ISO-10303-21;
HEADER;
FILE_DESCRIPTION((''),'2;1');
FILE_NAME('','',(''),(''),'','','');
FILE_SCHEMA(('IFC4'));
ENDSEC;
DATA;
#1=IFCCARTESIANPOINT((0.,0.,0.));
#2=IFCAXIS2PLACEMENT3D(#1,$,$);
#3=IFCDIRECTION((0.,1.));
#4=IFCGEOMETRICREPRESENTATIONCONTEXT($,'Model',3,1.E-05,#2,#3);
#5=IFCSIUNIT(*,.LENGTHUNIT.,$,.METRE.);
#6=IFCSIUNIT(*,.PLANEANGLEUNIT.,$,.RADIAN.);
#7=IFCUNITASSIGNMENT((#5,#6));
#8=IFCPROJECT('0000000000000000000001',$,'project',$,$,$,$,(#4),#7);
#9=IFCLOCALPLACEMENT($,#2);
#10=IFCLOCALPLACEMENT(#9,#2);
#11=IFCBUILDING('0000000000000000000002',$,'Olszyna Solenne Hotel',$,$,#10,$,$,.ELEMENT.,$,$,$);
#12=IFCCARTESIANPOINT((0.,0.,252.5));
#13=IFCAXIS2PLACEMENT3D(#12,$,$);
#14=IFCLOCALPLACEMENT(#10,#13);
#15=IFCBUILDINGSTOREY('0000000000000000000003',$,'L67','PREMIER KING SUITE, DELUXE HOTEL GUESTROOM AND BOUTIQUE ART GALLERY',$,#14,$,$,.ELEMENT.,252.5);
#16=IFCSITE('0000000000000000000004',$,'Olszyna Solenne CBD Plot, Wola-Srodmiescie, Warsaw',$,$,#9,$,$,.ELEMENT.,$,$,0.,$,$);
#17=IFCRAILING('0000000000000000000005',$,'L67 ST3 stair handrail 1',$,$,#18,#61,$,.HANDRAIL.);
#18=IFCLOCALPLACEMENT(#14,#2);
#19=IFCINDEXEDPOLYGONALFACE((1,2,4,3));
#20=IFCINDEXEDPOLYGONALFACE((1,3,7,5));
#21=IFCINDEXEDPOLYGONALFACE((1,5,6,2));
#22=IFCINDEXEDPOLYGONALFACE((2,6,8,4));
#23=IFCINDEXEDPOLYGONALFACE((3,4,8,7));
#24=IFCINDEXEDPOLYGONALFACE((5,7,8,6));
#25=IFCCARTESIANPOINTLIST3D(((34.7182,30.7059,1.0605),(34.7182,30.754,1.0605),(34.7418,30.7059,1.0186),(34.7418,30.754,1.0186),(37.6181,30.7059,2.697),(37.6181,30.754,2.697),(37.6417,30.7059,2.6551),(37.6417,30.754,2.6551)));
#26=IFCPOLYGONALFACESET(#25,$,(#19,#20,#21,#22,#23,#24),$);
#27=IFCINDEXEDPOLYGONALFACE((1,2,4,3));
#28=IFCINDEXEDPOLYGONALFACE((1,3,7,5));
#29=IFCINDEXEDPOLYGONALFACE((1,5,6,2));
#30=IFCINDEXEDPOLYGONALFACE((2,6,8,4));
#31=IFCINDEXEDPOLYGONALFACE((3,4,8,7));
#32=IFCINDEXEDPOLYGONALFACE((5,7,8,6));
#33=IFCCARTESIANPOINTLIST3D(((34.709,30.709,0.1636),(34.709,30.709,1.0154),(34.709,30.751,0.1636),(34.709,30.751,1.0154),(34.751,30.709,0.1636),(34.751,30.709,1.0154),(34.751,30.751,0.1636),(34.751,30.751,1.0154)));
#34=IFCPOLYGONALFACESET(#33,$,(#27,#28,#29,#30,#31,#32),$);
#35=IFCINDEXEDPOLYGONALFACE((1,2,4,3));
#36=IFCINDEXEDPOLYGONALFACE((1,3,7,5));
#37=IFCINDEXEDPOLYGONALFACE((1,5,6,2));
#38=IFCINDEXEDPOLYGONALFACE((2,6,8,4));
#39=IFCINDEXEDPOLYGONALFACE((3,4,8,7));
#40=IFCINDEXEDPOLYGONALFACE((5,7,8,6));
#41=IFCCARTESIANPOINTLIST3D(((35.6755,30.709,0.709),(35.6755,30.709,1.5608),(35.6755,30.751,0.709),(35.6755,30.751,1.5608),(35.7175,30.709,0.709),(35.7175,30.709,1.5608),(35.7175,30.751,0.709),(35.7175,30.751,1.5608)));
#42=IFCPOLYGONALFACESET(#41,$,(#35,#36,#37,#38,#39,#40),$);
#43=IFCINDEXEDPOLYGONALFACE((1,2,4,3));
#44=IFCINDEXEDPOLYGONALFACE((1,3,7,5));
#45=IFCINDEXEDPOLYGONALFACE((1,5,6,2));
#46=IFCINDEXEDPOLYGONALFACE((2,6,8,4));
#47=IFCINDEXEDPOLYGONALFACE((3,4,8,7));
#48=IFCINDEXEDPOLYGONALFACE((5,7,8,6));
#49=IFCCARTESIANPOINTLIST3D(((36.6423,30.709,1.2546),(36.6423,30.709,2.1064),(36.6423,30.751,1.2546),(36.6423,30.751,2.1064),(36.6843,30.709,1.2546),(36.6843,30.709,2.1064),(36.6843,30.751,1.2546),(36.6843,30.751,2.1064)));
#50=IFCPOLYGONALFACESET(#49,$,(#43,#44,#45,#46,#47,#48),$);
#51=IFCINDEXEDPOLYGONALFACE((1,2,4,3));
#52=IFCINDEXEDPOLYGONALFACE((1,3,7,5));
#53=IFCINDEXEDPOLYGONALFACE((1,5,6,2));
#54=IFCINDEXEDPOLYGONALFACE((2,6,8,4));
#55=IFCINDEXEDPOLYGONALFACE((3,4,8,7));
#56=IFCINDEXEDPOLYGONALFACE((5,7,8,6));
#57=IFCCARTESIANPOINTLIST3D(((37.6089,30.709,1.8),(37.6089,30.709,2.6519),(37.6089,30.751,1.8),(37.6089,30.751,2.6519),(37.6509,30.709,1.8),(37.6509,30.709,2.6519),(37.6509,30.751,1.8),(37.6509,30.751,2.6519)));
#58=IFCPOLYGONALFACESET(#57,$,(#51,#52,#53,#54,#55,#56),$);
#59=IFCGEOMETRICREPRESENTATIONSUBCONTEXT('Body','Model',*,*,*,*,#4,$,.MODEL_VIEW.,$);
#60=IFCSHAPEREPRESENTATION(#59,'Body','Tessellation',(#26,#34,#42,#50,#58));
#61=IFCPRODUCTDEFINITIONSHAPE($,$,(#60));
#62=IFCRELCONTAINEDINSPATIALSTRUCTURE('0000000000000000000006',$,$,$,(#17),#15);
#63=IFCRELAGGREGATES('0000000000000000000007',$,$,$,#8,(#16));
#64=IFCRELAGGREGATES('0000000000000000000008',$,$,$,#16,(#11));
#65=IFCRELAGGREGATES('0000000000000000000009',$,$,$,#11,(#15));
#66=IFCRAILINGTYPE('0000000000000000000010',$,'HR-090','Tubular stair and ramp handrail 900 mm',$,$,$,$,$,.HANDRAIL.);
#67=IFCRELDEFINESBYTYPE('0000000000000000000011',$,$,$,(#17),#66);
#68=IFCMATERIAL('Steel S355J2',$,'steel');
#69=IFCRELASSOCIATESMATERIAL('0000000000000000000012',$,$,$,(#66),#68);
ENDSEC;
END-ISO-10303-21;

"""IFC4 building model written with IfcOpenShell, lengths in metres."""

from ifc_helpers import new_model, si_unit, direction, frame, origin, origin_2d, place, context, subcontext, project, spatial, rectangle, extrude, material, type_object, element, save


model = new_model("IFC4")

# Units and contexts
model_context = context("Model", 3, precision=1e-05, world=origin(), true_north=direction((0.0, 1.0)))
body_context = subcontext(model_context, "Body", "Model", "MODEL_VIEW")
ifc_project = project(units=[si_unit("LENGTHUNIT", "METRE"), si_unit("PLANEANGLEUNIT", "RADIAN")], contexts=[model_context])

# Site, building, storey
site_placement = place(None, origin())
site = spatial("IfcSite", under=ifc_project, at=site_placement, Name="Olszyna Solenne CBD Plot, Wola-Srodmiescie, Warsaw", CompositionType="ELEMENT", RefElevation=0.0)
building_placement = place(site_placement, origin())
building = spatial("IfcBuilding", under=site, at=building_placement, Name="Olszyna Solenne Hotel", CompositionType="ELEMENT")
storey_placement = place(building_placement, frame((0.0, 0.0, 252.5)))
storey = spatial("IfcBuildingStorey", under=building, at=storey_placement, Name="L67", Description="PREMIER KING SUITE, DELUXE HOTEL GUESTROOM AND BOUTIQUE ART GALLERY", CompositionType="ELEMENT", Elevation=252.5)

# Shared definitions
ifc_material_1 = material(Name="Steel S355J2", Category="steel")

# Railing
railing_type_1 = type_object("IfcRailingType", Name="HR-090", Description="Tubular stair and ramp handrail 900 mm", PredefinedType="HANDRAIL", material=ifc_material_1)
railing_1_placement = place(storey_placement, frame((34.73, 30.73, 0.1636)))
element("IfcRailing", 1, at=railing_1_placement, inside=storey, type_object=railing_type_1, Name="L67 ST3 stair handrail 1", PredefinedType="HANDRAIL", context=body_context, shape_type="SweptSolid", body=[
    extrude(rectangle(XDim=0.0481, YDim=0.0481, at=origin_2d()), frame((0.0, 0.0, 0.876), z_axis=(0.870897, 0.0, 0.491465), x_axis=(0.0, 1.0, 0.0)), (0.0, 0.0, 1.0), 3.3298),
    extrude(rectangle(XDim=0.042, YDim=0.042, at=origin_2d()), origin(), (0.0, 0.0, 1.0), 0.8518),
    extrude(rectangle(XDim=0.042, YDim=0.042, at=origin_2d()), frame((0.9666, 0.0, 0.5454)), (0.0, 0.0, 1.0), 0.8518),
    extrude(rectangle(XDim=0.042, YDim=0.042, at=origin_2d()), frame((1.9333, 0.0, 1.0911)), (0.0, 0.0, 1.0), 0.8518),
    extrude(rectangle(XDim=0.042, YDim=0.042, at=origin_2d()), frame((2.8999, 0.0, 1.6365)), (0.0, 0.0, 1.0), 0.8518),
])

save(model, "model.ifc")
